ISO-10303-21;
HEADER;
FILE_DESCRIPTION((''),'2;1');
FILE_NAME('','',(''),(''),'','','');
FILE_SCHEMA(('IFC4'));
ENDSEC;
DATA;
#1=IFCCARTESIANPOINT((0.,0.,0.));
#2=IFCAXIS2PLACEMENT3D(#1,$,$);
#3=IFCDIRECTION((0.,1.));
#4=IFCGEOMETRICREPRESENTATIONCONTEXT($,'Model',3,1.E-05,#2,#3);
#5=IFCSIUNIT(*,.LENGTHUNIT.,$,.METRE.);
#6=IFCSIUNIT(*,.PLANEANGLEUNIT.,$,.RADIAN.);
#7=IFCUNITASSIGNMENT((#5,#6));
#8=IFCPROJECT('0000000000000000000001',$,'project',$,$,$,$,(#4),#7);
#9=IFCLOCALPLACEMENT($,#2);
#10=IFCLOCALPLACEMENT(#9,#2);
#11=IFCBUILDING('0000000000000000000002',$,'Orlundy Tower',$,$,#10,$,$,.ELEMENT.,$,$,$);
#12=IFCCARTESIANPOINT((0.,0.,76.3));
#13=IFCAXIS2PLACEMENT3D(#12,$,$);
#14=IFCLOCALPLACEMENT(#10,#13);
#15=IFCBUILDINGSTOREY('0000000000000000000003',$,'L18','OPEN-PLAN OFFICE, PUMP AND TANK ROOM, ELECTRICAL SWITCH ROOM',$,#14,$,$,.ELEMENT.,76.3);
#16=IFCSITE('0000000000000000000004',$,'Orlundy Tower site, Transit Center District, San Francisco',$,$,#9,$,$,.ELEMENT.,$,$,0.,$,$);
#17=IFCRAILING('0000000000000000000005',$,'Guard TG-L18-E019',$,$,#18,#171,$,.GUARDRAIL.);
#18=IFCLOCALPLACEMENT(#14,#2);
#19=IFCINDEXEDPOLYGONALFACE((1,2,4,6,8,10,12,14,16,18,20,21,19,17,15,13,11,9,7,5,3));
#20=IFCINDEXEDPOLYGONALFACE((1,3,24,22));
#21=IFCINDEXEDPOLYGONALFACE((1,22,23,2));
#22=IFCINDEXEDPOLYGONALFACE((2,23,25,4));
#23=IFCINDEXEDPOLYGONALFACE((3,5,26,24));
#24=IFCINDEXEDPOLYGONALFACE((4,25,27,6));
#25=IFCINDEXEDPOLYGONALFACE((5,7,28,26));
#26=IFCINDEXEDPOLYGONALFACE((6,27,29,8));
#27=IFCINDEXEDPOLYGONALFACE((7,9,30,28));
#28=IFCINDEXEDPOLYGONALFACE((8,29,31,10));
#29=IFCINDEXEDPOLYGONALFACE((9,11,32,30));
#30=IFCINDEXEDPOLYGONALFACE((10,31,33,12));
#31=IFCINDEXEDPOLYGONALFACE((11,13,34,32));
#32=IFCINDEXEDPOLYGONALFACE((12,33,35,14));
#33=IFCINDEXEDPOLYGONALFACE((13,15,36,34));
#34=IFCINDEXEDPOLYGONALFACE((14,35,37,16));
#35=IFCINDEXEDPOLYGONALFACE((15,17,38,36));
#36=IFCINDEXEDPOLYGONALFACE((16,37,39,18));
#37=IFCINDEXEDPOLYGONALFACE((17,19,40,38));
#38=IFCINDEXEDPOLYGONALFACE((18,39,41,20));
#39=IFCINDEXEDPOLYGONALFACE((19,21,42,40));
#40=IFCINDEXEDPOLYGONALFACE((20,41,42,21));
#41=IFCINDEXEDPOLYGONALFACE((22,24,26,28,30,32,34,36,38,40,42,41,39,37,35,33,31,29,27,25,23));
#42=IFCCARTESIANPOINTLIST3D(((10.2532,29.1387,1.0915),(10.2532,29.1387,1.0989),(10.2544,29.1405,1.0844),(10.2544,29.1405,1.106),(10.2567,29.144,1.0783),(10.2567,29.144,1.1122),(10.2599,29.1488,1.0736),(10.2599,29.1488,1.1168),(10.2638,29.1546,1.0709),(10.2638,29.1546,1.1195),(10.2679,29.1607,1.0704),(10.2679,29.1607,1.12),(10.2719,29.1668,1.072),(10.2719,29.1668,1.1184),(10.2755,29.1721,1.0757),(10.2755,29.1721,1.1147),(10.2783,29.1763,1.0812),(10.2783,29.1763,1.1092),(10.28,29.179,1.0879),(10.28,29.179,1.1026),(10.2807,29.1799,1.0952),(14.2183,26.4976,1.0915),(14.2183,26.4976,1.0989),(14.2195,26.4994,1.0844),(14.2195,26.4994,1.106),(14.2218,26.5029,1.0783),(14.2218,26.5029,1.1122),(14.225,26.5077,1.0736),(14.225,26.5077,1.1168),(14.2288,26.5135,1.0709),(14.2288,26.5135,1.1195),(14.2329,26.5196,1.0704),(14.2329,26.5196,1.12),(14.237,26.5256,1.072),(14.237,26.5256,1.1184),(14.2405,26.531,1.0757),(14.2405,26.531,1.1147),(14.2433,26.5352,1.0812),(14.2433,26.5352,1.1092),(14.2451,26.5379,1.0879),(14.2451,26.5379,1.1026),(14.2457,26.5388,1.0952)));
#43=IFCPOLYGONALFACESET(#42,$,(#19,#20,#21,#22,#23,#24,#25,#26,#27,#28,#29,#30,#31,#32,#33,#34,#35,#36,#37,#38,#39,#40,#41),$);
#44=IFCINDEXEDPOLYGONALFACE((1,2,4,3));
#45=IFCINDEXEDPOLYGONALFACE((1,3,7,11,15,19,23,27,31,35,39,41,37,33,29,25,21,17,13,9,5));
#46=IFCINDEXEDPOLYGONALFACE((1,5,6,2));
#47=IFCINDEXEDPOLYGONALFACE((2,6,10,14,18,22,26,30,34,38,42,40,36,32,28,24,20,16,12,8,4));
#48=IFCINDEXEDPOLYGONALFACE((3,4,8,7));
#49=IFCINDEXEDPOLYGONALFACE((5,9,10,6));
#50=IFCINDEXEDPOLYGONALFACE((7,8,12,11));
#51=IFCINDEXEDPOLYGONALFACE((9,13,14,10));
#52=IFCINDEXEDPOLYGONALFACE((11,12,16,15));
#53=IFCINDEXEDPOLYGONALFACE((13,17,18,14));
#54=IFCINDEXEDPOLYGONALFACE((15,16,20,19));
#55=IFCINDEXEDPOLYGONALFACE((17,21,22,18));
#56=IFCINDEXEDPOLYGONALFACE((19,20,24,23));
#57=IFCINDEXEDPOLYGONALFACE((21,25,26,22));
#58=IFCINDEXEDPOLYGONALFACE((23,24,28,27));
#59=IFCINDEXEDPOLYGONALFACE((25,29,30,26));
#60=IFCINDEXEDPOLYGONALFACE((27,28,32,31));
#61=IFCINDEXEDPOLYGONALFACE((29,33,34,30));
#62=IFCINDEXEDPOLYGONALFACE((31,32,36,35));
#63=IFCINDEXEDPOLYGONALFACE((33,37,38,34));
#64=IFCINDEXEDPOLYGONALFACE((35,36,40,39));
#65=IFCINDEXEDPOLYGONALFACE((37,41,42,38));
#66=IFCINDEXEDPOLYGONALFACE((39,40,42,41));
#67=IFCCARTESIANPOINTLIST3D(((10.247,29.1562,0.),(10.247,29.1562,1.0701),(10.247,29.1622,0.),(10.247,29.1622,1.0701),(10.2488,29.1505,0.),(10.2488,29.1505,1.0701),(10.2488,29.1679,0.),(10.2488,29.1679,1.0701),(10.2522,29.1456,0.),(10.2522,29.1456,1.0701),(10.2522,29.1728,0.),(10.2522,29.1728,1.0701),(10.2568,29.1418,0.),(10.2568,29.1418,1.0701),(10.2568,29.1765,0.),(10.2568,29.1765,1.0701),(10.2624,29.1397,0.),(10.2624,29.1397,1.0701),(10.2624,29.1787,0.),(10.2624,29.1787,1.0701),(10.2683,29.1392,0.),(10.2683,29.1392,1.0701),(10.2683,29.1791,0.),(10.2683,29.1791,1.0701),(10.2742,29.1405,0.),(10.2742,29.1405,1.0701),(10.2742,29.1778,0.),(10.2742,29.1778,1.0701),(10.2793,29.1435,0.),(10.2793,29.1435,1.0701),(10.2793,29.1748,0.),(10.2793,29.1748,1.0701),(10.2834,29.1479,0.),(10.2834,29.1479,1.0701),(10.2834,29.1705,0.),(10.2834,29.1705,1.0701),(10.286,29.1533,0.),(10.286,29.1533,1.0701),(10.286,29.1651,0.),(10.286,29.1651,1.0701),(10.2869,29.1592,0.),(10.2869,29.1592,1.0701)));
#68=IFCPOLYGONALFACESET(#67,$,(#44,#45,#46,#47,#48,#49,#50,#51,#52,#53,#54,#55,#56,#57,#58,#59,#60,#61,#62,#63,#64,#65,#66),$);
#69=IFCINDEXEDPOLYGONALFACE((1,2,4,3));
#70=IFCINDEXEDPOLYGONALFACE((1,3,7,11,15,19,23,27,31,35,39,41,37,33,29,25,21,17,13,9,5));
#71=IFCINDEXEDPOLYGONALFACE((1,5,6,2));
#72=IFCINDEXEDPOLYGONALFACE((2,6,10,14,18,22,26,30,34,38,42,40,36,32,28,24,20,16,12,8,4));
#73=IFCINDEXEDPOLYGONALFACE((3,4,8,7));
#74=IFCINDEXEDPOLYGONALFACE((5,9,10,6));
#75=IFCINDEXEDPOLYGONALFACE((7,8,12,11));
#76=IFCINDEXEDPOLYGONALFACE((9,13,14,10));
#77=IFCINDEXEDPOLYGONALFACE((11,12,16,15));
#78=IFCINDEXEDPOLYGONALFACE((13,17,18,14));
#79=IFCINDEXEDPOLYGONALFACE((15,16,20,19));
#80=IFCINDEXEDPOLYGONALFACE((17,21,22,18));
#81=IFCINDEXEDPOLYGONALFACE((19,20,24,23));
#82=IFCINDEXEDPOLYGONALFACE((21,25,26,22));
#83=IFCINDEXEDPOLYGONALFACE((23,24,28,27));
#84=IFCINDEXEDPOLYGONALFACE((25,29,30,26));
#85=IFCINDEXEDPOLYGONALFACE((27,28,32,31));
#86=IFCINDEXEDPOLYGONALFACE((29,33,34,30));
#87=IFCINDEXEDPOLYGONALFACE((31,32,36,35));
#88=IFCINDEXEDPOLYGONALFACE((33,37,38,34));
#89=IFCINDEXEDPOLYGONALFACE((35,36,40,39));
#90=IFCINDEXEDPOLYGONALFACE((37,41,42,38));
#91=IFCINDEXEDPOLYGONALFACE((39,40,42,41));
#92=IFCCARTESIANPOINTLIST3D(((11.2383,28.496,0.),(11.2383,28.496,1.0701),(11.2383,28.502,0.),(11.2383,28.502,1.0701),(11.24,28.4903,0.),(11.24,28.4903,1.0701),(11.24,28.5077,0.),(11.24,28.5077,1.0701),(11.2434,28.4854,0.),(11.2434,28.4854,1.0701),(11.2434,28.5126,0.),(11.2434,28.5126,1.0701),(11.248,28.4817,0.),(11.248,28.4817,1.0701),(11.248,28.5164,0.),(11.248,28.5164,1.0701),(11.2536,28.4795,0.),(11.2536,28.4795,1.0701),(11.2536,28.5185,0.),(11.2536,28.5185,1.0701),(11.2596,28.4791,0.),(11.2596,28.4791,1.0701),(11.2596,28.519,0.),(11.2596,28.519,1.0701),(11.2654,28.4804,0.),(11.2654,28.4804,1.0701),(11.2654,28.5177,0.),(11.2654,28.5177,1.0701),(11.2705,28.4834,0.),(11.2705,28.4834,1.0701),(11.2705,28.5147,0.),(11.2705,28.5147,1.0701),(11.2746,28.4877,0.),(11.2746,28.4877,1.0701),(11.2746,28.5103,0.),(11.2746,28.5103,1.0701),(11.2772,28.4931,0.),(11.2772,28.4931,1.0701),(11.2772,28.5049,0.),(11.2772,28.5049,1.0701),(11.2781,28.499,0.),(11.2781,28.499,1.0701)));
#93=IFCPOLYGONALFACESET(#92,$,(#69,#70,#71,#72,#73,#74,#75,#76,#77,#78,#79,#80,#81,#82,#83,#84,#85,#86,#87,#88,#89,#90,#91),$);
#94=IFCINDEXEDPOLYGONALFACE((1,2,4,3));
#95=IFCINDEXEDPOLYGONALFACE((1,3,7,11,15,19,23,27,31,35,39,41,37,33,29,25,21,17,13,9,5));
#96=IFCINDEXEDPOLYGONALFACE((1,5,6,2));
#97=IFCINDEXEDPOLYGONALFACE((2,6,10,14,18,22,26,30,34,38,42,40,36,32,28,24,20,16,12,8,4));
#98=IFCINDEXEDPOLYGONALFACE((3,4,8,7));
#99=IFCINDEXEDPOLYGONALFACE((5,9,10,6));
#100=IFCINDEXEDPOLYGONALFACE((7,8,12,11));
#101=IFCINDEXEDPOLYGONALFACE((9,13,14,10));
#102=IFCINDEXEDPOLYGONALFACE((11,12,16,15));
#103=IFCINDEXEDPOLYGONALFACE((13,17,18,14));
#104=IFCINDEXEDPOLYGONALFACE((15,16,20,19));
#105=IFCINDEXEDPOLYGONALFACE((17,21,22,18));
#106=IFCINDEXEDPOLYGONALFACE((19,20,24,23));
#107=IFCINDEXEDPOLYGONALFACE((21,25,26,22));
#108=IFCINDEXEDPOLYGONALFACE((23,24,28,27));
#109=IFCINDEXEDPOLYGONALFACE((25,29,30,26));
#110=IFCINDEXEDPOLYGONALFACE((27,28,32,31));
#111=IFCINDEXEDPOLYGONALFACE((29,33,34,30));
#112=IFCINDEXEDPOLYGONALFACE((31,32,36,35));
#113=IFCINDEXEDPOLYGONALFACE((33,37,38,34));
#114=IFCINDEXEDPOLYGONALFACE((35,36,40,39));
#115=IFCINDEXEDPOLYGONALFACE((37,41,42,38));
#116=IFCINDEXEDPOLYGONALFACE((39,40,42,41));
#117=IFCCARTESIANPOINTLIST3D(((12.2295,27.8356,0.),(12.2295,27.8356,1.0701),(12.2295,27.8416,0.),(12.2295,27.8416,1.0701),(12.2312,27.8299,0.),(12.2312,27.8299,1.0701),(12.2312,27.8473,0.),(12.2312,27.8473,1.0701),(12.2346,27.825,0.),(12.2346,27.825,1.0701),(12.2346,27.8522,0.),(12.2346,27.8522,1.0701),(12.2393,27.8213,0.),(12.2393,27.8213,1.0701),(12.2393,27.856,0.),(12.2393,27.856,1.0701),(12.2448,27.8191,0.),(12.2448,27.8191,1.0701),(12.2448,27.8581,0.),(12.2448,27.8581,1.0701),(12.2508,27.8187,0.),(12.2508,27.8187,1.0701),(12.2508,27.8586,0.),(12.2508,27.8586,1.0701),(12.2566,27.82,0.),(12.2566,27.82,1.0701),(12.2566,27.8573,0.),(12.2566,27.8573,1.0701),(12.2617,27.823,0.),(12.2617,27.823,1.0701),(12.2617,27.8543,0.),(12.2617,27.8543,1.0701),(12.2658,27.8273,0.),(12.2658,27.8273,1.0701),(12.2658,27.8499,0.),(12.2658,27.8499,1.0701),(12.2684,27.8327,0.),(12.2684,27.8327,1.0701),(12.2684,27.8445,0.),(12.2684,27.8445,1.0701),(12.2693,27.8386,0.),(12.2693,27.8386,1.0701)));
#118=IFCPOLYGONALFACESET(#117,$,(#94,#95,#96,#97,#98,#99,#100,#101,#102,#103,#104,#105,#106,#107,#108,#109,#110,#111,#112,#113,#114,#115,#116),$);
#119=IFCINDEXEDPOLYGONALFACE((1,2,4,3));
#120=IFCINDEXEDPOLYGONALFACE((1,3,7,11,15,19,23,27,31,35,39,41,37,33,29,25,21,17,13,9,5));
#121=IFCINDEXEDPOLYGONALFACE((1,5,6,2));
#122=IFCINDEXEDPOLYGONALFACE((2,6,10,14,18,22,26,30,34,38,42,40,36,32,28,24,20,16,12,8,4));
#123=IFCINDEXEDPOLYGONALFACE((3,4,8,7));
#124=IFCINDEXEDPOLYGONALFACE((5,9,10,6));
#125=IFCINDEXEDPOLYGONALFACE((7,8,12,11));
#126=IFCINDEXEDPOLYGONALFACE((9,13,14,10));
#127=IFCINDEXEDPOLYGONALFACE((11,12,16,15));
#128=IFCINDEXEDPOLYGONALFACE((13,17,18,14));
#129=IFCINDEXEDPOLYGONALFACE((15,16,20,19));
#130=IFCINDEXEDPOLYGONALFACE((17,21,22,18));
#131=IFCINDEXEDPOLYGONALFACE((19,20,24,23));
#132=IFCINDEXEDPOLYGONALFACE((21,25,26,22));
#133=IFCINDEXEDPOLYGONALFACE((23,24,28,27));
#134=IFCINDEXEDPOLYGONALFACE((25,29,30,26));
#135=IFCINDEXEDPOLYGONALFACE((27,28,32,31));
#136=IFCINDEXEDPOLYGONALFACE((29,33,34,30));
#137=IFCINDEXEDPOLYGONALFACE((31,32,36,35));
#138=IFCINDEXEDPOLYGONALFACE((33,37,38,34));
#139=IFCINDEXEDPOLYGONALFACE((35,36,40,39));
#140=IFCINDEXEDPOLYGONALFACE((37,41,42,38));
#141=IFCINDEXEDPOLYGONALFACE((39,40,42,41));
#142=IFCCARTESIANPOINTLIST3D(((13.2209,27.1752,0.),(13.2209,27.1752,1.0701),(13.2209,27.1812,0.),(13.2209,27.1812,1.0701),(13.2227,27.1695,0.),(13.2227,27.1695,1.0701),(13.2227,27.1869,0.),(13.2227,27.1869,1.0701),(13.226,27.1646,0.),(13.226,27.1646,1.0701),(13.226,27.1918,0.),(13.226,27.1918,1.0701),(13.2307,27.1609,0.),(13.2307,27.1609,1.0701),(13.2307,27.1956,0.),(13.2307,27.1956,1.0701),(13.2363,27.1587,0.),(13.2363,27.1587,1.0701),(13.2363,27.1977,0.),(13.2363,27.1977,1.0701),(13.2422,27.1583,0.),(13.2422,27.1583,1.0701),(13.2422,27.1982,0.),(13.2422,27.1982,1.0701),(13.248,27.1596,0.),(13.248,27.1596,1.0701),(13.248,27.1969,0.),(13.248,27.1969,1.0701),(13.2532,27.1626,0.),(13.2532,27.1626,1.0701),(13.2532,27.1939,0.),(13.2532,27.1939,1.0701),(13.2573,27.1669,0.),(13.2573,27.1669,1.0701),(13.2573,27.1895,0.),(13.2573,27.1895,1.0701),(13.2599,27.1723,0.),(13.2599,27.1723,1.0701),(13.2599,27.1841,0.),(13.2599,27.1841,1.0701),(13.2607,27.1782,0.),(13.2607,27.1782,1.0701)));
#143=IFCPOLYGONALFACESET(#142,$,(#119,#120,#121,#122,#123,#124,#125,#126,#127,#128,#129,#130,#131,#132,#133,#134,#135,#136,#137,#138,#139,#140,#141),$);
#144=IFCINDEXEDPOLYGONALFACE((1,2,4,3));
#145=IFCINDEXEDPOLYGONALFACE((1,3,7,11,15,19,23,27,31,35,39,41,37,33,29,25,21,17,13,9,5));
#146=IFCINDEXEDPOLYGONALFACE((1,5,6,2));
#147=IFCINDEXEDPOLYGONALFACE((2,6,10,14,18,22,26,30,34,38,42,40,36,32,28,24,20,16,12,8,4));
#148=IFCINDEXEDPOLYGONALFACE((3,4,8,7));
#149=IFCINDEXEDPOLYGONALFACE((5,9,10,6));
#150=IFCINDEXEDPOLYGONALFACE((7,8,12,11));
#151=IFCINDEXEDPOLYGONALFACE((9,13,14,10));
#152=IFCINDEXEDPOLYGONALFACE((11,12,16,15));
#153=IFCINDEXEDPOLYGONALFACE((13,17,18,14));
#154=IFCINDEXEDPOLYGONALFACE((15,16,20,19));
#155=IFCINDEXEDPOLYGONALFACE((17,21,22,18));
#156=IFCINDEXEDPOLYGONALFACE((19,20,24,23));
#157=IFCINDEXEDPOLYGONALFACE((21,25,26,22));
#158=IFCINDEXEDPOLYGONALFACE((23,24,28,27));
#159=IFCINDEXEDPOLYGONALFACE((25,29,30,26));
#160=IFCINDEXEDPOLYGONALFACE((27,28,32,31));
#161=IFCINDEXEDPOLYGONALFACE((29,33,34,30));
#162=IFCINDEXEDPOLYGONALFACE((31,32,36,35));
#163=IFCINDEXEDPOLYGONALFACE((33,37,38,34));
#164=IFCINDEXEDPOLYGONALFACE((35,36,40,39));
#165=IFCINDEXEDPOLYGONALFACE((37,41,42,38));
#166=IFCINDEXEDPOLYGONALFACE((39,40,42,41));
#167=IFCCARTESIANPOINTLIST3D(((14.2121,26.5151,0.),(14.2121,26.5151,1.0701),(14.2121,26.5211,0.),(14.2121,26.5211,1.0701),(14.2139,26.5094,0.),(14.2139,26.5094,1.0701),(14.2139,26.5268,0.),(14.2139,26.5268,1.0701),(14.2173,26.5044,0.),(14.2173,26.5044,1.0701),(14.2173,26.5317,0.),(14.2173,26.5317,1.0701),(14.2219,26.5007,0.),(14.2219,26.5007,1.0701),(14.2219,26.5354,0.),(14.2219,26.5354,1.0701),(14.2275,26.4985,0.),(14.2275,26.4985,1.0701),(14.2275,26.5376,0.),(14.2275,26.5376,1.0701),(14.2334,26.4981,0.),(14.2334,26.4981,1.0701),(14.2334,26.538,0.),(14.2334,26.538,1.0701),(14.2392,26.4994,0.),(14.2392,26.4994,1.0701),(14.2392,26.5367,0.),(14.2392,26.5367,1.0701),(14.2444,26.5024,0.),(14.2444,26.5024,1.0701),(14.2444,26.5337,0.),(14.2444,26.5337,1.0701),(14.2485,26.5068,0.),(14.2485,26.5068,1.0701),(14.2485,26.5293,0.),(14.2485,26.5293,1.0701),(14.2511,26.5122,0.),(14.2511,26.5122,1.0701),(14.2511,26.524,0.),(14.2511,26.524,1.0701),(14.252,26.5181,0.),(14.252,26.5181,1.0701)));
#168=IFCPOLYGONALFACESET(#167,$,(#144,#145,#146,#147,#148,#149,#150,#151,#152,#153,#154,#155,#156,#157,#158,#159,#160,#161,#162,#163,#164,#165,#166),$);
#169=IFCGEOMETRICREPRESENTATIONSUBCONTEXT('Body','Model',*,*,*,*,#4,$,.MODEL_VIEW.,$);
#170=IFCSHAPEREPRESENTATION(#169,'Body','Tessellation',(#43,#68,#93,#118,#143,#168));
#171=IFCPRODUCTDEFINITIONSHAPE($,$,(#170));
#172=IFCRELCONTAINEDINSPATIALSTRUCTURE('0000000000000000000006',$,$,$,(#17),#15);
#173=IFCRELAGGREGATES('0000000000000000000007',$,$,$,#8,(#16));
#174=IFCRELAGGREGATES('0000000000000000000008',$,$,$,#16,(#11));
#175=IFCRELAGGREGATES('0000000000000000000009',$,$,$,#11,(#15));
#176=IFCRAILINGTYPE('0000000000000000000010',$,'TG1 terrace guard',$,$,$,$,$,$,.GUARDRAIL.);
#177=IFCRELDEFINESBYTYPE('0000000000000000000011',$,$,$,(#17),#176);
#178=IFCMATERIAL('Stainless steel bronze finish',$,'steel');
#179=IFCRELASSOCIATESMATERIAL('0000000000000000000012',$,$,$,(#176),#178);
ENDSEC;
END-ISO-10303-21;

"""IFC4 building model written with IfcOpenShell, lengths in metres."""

from ifc_helpers import new_model, si_unit, direction, frame, origin, origin_2d, place, context, subcontext, project, spatial, circle, extrude, material, type_object, element, save


model = new_model("IFC4")

# Units and contexts
model_context = context("Model", 3, precision=1e-05, world=origin(), true_north=direction((0.0, 1.0)))
body_context = subcontext(model_context, "Body", "Model", "MODEL_VIEW")
ifc_project = project(units=[si_unit("LENGTHUNIT", "METRE"), si_unit("PLANEANGLEUNIT", "RADIAN")], contexts=[model_context])

# Site, building, storey
site_placement = place(None, origin())
site = spatial("IfcSite", under=ifc_project, at=site_placement, Name="Orlundy Tower site, Transit Center District, San Francisco", CompositionType="ELEMENT", RefElevation=0.0)
building_placement = place(site_placement, origin())
building = spatial("IfcBuilding", under=site, at=building_placement, Name="Orlundy Tower", CompositionType="ELEMENT")
storey_placement = place(building_placement, frame((0.0, 0.0, 76.3)))
storey = spatial("IfcBuildingStorey", under=building, at=storey_placement, Name="L18", Description="OPEN-PLAN OFFICE, PUMP AND TANK ROOM, ELECTRICAL SWITCH ROOM", CompositionType="ELEMENT", Elevation=76.3)

# Railing
ifc_material_1 = material(Name="Stainless steel bronze finish", Category="steel")
railing_type_1 = type_object("IfcRailingType", Name="TG1 terrace guard", PredefinedType="GUARDRAIL", material=ifc_material_1)
railing_1_placement = place(storey_placement, frame((10.2668, 29.1592, 0.0)))
element("IfcRailing", 1, at=railing_1_placement, inside=storey, type_object=railing_type_1, Name="Guard TG-L18-E019", PredefinedType="GUARDRAIL", context=body_context, shape_type="SweptSolid", body=[
    extrude(circle(Radius=0.0249, at=origin_2d()), frame((0.0, 0.0, 1.0952), z_axis=(0.832271, -0.554369, 0.0), x_axis=(0.554369, 0.832271, 0.0)), (0.0, 0.0, 1.0), 4.7642),
    extrude(circle(Radius=0.02, at=origin_2d()), origin(), (0.0, 0.0, 1.0), 1.0701),
    extrude(circle(Radius=0.02, at=origin_2d()), frame((0.9912, -0.6602, 0.0)), (0.0, 0.0, 1.0), 1.0701),
    extrude(circle(Radius=0.02, at=origin_2d()), frame((1.9824, -1.3206, 0.0)), (0.0, 0.0, 1.0), 1.0701),
    extrude(circle(Radius=0.02, at=origin_2d()), frame((2.9739, -1.981, 0.0)), (0.0, 0.0, 1.0), 1.0701),
    extrude(circle(Radius=0.02, at=origin_2d()), frame((3.9651, -2.6411, 0.0)), (0.0, 0.0, 1.0), 1.0701),
])

save(model, "model.ifc")
